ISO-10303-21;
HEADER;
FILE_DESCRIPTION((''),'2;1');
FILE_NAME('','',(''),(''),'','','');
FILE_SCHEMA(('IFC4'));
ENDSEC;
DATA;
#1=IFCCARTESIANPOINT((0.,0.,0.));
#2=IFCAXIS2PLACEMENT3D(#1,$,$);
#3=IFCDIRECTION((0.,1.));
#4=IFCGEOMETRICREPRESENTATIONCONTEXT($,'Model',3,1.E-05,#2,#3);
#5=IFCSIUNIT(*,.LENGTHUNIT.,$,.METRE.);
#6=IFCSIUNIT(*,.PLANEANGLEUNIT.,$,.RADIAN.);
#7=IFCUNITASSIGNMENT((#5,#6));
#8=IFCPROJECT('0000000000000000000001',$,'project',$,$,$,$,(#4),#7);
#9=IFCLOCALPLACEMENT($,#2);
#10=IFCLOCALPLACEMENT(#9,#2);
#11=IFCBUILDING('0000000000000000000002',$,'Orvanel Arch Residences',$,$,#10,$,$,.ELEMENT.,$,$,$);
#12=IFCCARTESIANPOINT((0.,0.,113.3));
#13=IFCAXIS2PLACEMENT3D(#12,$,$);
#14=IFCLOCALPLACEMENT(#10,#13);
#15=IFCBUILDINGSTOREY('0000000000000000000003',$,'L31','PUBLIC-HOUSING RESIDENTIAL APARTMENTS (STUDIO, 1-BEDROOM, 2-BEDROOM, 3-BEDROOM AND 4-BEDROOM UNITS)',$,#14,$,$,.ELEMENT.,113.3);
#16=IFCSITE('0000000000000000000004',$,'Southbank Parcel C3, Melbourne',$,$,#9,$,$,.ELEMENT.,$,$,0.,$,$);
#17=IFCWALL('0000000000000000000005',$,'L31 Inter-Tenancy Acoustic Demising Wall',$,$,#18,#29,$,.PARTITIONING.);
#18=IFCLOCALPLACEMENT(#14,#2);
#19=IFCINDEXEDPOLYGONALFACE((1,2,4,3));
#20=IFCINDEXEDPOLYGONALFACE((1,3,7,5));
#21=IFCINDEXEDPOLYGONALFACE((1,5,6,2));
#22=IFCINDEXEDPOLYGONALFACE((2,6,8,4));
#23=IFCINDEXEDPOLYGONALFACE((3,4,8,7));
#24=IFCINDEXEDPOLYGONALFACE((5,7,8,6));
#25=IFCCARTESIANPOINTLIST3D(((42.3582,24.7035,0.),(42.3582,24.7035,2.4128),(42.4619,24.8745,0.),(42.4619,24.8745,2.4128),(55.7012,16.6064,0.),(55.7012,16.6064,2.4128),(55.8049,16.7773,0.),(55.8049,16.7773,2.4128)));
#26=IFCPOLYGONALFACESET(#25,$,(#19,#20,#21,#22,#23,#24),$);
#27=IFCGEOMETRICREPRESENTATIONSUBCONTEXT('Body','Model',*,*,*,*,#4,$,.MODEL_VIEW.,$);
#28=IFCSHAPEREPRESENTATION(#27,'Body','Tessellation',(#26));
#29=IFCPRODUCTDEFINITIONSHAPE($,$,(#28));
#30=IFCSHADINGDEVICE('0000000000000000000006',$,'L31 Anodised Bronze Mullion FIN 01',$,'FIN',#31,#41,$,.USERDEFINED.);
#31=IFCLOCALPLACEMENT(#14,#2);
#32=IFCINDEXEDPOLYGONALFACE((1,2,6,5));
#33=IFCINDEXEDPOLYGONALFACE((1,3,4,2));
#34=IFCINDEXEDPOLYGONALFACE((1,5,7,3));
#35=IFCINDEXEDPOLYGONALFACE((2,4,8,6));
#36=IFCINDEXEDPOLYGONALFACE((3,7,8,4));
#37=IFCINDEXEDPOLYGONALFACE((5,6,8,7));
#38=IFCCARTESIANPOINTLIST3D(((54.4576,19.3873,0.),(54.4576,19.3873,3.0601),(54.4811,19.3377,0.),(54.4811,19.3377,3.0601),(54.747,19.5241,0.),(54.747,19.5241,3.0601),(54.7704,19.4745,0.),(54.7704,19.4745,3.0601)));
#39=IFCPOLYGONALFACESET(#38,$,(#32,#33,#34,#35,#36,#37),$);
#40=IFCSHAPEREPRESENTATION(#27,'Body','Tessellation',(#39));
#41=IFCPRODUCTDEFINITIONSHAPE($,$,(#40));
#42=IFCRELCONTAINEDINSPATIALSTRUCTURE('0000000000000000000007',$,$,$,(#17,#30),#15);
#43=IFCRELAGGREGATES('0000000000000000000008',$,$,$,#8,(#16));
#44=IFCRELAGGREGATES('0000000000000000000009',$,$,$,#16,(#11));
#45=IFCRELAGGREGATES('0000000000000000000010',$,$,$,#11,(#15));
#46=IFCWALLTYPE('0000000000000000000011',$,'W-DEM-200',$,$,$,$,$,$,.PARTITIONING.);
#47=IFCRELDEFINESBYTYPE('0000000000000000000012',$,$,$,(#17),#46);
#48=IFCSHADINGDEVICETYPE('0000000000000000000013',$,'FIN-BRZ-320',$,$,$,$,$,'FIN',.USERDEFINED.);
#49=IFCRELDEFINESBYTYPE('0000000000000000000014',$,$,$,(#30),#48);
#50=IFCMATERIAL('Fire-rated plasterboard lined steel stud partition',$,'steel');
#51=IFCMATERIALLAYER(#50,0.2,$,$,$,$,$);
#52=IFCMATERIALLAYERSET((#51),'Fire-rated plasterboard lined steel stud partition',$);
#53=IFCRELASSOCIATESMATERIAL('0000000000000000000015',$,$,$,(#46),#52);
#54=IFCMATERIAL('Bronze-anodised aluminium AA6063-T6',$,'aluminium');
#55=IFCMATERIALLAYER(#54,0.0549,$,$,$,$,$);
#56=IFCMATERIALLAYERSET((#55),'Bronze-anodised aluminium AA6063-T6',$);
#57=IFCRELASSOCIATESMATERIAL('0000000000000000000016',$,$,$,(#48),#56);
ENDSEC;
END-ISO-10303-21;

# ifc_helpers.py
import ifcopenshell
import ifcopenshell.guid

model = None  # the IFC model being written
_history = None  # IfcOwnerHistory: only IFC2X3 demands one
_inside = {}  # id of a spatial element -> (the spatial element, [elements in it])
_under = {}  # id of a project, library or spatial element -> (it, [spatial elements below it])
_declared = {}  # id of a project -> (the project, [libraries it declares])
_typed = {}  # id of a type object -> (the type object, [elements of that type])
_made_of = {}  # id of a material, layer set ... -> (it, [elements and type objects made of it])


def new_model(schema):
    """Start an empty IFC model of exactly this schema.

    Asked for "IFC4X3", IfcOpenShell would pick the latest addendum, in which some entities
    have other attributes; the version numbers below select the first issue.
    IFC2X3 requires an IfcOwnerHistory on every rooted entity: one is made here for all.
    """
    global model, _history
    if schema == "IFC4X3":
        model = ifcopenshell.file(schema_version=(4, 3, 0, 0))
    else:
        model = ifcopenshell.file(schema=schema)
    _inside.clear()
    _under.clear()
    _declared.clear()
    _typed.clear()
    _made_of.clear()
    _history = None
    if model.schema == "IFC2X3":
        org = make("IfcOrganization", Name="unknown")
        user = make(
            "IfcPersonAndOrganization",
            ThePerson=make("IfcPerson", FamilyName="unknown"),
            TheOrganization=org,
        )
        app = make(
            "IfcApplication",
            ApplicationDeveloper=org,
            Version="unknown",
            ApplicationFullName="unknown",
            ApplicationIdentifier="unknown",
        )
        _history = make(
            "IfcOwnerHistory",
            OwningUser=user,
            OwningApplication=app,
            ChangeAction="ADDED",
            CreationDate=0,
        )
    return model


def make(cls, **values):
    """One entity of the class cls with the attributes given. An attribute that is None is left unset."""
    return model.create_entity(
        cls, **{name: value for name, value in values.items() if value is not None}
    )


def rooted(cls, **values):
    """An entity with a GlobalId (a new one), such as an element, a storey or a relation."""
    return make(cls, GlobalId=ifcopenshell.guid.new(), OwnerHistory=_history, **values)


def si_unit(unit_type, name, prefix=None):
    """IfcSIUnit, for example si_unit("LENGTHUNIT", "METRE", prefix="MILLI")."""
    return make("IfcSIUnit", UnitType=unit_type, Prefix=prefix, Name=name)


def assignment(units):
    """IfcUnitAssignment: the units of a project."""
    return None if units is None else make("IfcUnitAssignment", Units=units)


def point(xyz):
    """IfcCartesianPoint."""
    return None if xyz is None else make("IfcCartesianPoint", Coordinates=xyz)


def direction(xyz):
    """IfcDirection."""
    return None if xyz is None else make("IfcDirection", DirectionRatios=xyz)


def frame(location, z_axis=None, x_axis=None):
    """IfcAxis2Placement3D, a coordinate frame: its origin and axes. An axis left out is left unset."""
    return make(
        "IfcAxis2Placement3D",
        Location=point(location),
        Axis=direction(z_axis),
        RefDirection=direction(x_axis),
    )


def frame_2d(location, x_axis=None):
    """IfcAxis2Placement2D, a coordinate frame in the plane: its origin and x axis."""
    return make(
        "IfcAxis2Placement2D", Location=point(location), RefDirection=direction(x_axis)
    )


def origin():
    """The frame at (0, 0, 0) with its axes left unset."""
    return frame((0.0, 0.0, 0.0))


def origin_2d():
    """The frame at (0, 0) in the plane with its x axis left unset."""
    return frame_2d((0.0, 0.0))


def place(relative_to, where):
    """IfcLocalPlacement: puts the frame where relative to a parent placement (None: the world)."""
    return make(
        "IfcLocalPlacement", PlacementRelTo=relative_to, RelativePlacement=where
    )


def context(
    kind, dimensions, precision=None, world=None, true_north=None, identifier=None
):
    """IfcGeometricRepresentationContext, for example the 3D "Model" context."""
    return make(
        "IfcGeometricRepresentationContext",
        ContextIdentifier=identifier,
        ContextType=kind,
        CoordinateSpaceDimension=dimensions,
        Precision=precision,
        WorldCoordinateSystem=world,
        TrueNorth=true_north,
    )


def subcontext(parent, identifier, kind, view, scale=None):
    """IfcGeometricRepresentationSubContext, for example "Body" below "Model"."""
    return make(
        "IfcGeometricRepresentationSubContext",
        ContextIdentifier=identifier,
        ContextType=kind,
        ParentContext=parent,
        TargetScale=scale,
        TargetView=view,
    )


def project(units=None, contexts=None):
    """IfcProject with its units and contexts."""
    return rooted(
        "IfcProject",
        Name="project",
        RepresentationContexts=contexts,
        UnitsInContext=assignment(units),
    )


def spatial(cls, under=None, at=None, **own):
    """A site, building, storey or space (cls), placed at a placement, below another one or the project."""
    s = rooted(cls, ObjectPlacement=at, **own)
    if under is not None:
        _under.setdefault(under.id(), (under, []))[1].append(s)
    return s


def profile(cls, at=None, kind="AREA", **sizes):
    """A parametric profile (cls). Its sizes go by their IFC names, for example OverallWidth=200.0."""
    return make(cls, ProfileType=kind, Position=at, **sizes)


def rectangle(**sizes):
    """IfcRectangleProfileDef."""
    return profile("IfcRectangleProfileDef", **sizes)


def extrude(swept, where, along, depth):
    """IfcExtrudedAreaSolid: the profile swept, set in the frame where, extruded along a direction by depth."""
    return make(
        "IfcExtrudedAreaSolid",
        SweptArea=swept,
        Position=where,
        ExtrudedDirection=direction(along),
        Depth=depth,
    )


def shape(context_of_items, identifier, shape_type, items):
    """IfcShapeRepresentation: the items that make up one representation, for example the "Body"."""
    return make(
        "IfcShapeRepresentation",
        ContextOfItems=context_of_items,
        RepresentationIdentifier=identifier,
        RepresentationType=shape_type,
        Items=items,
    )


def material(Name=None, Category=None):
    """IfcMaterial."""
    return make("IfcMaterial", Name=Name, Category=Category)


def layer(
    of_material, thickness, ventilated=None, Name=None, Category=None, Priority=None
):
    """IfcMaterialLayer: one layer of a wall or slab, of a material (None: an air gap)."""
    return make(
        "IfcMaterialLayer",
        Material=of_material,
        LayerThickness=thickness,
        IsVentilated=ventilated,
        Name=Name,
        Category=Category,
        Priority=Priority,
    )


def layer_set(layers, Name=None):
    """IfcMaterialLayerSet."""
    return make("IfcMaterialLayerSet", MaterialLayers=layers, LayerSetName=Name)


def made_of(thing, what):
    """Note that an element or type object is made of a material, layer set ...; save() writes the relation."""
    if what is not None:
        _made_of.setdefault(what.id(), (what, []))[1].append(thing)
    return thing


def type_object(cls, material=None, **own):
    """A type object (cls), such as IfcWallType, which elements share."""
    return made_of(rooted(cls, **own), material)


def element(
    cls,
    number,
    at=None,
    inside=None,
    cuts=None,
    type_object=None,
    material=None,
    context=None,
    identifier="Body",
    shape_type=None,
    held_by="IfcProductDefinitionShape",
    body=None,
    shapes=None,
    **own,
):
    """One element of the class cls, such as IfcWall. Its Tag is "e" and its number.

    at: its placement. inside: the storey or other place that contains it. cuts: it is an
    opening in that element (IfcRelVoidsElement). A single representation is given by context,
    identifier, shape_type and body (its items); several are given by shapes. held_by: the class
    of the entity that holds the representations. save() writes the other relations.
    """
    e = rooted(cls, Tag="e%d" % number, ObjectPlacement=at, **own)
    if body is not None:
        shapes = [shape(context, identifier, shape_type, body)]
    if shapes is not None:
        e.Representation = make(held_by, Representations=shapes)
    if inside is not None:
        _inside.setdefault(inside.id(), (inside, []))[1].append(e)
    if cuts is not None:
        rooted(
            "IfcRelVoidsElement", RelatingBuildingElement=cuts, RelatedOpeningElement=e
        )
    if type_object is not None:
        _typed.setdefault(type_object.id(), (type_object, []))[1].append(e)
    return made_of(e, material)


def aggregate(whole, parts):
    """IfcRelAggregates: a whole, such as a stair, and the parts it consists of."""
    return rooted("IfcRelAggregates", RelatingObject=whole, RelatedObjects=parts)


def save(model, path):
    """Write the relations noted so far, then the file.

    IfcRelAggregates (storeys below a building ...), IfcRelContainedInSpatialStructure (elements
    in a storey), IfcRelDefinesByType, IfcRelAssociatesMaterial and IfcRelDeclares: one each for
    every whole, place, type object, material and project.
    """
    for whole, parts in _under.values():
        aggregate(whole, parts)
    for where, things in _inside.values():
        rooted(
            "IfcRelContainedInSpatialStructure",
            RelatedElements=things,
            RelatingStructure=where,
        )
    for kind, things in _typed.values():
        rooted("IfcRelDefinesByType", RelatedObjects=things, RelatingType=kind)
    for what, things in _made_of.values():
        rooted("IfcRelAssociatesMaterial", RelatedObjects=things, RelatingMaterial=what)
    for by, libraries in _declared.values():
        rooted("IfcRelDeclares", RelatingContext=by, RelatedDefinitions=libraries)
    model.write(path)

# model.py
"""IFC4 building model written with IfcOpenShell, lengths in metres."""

from ifc_helpers import new_model, si_unit, direction, frame, frame_2d, origin, origin_2d, place, context, subcontext, project, spatial, rectangle, extrude, material, layer, layer_set, type_object, element, save


model = new_model("IFC4")

# Units and contexts
model_context = context("Model", 3, precision=1e-05, world=origin(), true_north=direction((0.0, 1.0)))
body_context = subcontext(model_context, "Body", "Model", "MODEL_VIEW")
ifc_project = project(units=[si_unit("LENGTHUNIT", "METRE"), si_unit("PLANEANGLEUNIT", "RADIAN")], contexts=[model_context])

# Site, building, storey
site_placement = place(None, origin())
site = spatial("IfcSite", under=ifc_project, at=site_placement, Name="Southbank Parcel C3, Melbourne", CompositionType="ELEMENT", RefElevation=0.0)
building_placement = place(site_placement, origin())
building = spatial("IfcBuilding", under=site, at=building_placement, Name="Orvanel Arch Residences", CompositionType="ELEMENT")
storey_placement = place(building_placement, frame((0.0, 0.0, 113.3)))
storey = spatial("IfcBuildingStorey", under=building, at=storey_placement, Name="L31", Description="PUBLIC-HOUSING RESIDENTIAL APARTMENTS (STUDIO, 1-BEDROOM, 2-BEDROOM, 3-BEDROOM AND 4-BEDROOM UNITS)", CompositionType="ELEMENT", Elevation=113.3)

# Shared definitions
ifc_material_1 = material(Name="Bronze-anodised aluminium AA6063-T6", Category="aluminium")

# Wall
ifc_material_2 = material(Name="Fire-rated plasterboard lined steel stud partition", Category="steel")
ifc_layer_1 = layer(ifc_material_2, 0.2)
ifc_layer_set_1 = layer_set([ifc_layer_1], Name="Fire-rated plasterboard lined steel stud partition")
wall_type = type_object("IfcWallType", Name="W-DEM-200", PredefinedType="PARTITIONING", material=ifc_layer_set_1)
wall_placement = place(storey_placement, frame((55.7529, 16.6919, 0.0), z_axis=(0.0, 0.0, 1.0), x_axis=(-0.8549, 0.518793, 0.0)))
element("IfcWall", 1, at=wall_placement, inside=storey, type_object=wall_type, Name="L31 Inter-Tenancy Acoustic Demising Wall", PredefinedType="PARTITIONING", context=body_context, shape_type="SweptSolid", body=[
    extrude(rectangle(XDim=15.6077, YDim=0.2, at=frame_2d((7.8037, 0.0))), origin(), (0.0, 0.0, 1.0), 2.4128),
])

# Shading device
ifc_layer_2 = layer(ifc_material_1, 0.0549)
ifc_layer_set_2 = layer_set([ifc_layer_2], Name="Bronze-anodised aluminium AA6063-T6")
shading_device_type = type_object("IfcShadingDeviceType", Name="FIN-BRZ-320", ElementType="FIN", PredefinedType="USERDEFINED", material=ifc_layer_set_2)
shading_device_placement = place(storey_placement, frame((54.614, 19.4309, 0.0), z_axis=(0.0, 0.0, 1.0), x_axis=(0.904083, 0.427358, 0.0)))
element("IfcShadingDevice", 2, at=shading_device_placement, inside=storey, type_object=shading_device_type, Name="L31 Anodised Bronze Mullion FIN 01", ObjectType="FIN", PredefinedType="USERDEFINED", context=body_context, shape_type="SweptSolid", body=[
    extrude(rectangle(XDim=0.3201, YDim=0.0549, at=origin_2d()), origin(), (0.0, 0.0, 1.0), 3.0601),
])

save(model, "model.ifc")
